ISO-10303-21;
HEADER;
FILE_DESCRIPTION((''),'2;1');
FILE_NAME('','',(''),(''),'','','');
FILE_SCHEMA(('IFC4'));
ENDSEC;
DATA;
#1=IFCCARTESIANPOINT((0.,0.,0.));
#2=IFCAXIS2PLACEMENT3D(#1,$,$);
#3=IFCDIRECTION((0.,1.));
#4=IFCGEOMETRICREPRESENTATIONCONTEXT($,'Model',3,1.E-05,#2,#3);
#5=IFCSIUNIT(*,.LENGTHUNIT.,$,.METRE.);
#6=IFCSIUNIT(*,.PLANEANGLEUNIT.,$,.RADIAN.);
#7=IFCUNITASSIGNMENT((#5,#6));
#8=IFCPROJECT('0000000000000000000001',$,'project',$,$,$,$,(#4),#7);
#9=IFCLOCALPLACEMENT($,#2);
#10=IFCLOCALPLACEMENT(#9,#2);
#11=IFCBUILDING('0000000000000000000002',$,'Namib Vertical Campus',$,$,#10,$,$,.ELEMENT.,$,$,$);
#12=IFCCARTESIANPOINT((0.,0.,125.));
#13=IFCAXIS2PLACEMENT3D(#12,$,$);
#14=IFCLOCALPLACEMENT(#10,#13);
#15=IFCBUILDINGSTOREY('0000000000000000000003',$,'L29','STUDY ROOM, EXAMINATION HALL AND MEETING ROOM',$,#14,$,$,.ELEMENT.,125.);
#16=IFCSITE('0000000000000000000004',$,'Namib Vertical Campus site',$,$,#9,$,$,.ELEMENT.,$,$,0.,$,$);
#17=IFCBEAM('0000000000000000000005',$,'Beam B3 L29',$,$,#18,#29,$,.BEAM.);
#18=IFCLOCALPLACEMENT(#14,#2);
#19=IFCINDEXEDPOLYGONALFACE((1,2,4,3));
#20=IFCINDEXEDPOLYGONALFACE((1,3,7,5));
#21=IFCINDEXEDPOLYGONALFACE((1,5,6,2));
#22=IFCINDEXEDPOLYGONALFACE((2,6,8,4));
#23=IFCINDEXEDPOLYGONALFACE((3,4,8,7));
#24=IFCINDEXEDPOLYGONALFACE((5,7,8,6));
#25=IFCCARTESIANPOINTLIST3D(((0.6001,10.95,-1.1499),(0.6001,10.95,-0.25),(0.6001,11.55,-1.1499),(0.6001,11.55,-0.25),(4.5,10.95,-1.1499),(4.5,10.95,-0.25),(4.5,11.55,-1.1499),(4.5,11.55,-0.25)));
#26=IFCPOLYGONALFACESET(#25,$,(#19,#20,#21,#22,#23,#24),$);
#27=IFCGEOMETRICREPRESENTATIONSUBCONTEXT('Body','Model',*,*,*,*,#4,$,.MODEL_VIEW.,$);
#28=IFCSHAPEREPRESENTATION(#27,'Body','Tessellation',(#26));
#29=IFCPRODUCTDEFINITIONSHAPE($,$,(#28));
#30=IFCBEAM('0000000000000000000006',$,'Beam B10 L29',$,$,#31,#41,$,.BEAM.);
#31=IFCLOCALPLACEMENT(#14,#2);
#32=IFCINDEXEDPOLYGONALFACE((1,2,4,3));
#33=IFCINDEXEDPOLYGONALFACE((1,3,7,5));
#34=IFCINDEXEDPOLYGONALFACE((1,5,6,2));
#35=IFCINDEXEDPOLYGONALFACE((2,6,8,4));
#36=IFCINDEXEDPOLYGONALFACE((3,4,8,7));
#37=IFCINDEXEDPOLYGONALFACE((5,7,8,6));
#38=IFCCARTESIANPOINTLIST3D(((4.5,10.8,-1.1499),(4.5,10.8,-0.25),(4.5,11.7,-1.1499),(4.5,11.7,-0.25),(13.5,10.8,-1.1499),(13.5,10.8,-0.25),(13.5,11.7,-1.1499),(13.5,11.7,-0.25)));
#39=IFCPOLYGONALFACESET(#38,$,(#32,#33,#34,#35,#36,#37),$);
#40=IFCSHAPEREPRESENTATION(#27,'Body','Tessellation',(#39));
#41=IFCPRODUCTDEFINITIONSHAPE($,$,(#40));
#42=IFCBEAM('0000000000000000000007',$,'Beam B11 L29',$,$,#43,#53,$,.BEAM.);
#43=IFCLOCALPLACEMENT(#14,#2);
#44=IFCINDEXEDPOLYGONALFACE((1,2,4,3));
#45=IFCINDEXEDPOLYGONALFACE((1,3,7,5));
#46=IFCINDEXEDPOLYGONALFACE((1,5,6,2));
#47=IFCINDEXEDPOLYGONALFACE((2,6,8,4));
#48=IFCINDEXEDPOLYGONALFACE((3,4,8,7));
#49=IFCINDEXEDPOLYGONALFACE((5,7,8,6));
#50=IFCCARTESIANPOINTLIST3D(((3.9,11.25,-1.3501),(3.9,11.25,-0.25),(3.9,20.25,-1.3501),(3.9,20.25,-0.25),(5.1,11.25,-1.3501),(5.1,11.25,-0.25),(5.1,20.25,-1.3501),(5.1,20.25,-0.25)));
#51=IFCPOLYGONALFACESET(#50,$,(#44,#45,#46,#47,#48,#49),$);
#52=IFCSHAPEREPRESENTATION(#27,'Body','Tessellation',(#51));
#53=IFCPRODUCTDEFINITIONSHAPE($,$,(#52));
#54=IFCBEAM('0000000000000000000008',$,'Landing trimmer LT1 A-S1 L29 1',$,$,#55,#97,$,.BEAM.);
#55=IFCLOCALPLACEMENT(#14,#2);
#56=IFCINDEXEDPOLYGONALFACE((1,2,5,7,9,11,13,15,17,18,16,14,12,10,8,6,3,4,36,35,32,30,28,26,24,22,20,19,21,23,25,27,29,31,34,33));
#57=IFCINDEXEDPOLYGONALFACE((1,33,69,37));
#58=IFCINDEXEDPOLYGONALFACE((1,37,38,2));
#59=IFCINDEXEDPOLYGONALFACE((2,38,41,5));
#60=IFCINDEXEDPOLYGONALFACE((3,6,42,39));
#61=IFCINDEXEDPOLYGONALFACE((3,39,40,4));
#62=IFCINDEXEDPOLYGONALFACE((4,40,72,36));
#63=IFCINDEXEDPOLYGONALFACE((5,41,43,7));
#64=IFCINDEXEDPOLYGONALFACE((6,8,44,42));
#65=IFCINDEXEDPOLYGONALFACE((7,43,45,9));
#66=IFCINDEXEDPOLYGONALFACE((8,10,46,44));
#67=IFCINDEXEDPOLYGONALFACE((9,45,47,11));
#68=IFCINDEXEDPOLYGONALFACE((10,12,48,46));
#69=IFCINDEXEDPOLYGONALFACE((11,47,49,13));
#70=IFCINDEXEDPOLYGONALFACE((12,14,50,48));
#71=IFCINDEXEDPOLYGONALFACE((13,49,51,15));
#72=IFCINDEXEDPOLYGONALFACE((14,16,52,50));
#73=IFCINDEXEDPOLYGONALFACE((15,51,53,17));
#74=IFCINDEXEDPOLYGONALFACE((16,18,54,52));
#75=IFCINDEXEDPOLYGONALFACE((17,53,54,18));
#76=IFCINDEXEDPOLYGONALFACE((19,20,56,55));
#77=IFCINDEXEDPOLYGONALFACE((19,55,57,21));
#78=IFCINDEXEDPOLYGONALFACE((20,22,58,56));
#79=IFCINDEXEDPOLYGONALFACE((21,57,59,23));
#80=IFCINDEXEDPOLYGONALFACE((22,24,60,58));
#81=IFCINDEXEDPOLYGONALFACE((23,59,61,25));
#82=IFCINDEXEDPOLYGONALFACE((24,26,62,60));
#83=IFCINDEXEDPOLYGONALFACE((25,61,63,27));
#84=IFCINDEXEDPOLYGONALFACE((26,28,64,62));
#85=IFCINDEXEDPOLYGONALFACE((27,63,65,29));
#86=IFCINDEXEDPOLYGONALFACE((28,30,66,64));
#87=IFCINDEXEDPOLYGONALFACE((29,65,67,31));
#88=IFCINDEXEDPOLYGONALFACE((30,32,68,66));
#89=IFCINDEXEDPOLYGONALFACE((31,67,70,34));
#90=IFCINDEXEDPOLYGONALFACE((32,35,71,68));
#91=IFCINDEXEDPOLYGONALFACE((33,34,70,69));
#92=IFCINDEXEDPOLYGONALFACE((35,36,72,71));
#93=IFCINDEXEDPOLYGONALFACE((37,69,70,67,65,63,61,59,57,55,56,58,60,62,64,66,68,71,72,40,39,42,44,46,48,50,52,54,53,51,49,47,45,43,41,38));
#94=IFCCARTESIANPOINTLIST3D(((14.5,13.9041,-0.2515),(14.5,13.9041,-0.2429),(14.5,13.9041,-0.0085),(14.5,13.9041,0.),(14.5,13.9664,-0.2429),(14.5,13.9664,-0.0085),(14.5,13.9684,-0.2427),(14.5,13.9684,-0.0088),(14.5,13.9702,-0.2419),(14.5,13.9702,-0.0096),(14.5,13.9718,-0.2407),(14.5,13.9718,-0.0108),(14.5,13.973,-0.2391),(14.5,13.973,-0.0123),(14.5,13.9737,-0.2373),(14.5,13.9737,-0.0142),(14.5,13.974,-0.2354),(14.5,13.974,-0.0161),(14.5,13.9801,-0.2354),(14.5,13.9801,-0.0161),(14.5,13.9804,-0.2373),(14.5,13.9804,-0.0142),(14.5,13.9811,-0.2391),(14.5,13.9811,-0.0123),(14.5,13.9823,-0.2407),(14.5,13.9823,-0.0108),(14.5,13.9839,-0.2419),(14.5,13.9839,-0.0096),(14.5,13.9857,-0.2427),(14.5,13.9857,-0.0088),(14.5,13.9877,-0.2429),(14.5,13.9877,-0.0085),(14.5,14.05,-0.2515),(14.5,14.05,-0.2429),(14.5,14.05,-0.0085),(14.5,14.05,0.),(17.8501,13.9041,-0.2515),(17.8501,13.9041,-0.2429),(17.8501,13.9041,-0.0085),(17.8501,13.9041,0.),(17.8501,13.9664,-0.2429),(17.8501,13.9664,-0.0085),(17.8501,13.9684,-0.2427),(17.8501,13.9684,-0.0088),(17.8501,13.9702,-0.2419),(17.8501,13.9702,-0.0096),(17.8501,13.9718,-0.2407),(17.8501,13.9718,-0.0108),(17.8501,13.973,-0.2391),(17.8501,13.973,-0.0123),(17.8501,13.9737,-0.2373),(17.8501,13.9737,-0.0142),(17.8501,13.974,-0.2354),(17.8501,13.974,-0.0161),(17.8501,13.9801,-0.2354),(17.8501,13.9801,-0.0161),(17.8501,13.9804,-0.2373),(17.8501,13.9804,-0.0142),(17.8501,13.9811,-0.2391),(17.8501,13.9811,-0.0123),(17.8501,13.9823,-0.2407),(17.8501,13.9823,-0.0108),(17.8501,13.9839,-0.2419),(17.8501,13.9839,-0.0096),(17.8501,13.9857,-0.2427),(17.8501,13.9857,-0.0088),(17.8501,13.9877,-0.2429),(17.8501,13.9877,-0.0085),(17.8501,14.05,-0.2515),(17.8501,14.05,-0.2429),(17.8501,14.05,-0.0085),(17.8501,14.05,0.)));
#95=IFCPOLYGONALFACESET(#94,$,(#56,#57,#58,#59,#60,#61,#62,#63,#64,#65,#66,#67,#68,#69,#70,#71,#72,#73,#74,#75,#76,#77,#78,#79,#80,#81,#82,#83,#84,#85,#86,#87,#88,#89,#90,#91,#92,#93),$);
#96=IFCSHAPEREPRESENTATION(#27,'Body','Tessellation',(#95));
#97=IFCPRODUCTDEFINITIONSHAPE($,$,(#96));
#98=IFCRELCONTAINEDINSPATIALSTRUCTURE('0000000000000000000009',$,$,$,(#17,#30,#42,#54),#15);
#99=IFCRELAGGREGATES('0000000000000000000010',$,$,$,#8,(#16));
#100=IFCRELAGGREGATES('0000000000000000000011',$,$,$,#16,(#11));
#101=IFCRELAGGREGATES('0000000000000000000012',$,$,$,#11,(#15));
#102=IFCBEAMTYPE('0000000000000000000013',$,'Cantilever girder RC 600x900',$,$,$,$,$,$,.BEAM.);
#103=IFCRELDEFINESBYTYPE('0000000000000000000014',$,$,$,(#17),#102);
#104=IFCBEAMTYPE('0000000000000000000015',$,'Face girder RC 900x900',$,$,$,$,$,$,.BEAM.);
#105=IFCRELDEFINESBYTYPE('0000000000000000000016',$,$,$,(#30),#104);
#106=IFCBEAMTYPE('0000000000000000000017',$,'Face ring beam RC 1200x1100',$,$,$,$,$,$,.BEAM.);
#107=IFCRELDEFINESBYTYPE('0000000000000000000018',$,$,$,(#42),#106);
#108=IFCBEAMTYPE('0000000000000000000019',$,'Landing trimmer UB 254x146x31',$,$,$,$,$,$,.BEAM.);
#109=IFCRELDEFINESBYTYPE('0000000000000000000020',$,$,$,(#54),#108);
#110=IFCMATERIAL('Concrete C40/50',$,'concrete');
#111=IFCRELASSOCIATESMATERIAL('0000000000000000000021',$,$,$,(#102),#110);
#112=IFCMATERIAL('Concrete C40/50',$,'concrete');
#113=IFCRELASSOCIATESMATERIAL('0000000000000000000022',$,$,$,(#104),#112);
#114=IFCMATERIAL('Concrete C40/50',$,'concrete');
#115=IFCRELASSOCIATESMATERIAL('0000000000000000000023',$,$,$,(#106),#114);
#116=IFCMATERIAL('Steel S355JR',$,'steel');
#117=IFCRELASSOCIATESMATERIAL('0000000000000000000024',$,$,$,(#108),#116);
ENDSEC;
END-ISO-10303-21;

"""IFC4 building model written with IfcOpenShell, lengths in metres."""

from ifc_helpers import new_model, si_unit, direction, frame, origin, origin_2d, place, context, subcontext, project, spatial, rectangle, i_section, extrude, material, material_profile, profile_set, type_object, element, save


model = new_model("IFC4")

# Units and contexts
model_context = context("Model", 3, precision=1e-05, world=origin(), true_north=direction((0.0, 1.0)))
body_context = subcontext(model_context, "Body", "Model", "MODEL_VIEW")
ifc_project = project(units=[si_unit("LENGTHUNIT", "METRE"), si_unit("PLANEANGLEUNIT", "RADIAN")], contexts=[model_context])

# Site, building, storey
site_placement = place(None, origin())
site = spatial("IfcSite", under=ifc_project, at=site_placement, Name="Namib Vertical Campus site", CompositionType="ELEMENT", RefElevation=0.0)
building_placement = place(site_placement, origin())
building = spatial("IfcBuilding", under=site, at=building_placement, Name="Namib Vertical Campus", CompositionType="ELEMENT")
storey_placement = place(building_placement, frame((0.0, 0.0, 125.0)))
storey = spatial("IfcBuildingStorey", under=building, at=storey_placement, Name="L29", Description="STUDY ROOM, EXAMINATION HALL AND MEETING ROOM", CompositionType="ELEMENT", Elevation=125.0)

# Beams
ifc_material_1 = material(Name="Concrete C40/50", Category="concrete")
ifc_material_profile_1 = material_profile(ifc_material_1, rectangle(XDim=0.6001, YDim=0.8999, at=origin_2d()))
ifc_profile_set_1 = profile_set([ifc_material_profile_1], Name="Concrete C40/50")
beam_type_1 = type_object("IfcBeamType", Name="Cantilever girder RC 600x900", PredefinedType="BEAM", material=ifc_profile_set_1)
beam_1_placement = place(storey_placement, frame((4.5, 11.25, -0.7), z_axis=(-1.0, 0.0, 0.0), x_axis=(0.0, -1.0, 0.0)))
element("IfcBeam", 1, at=beam_1_placement, inside=storey, type_object=beam_type_1, Name="Beam B3 L29", PredefinedType="BEAM", context=body_context, shape_type="SweptSolid", body=[
    extrude(rectangle(XDim=0.6001, YDim=0.8999, at=origin_2d()), origin(), (0.0, 0.0, 1.0), 3.8999),
])
ifc_material_2 = material(Name="Concrete C40/50", Category="concrete")
ifc_material_profile_2 = material_profile(ifc_material_2, rectangle(XDim=0.8999, YDim=0.8999, at=origin_2d()))
ifc_profile_set_2 = profile_set([ifc_material_profile_2], Name="Concrete C40/50")
beam_type_2 = type_object("IfcBeamType", Name="Face girder RC 900x900", PredefinedType="BEAM", material=ifc_profile_set_2)
beam_2_placement = place(storey_placement, frame((4.5, 11.25, -0.7), z_axis=(1.0, 0.0, 0.0), x_axis=(0.0, 1.0, 0.0)))
element("IfcBeam", 2, at=beam_2_placement, inside=storey, type_object=beam_type_2, Name="Beam B10 L29", PredefinedType="BEAM", context=body_context, shape_type="SweptSolid", body=[
    extrude(rectangle(XDim=0.8999, YDim=0.8999, at=origin_2d()), origin(), (0.0, 0.0, 1.0), 9.0),
])
ifc_material_3 = material(Name="Concrete C40/50", Category="concrete")
ifc_material_profile_3 = material_profile(ifc_material_3, rectangle(XDim=1.2, YDim=1.1001, at=origin_2d()))
ifc_profile_set_3 = profile_set([ifc_material_profile_3], Name="Concrete C40/50")
beam_type_3 = type_object("IfcBeamType", Name="Face ring beam RC 1200x1100", PredefinedType="BEAM", material=ifc_profile_set_3)
beam_3_placement = place(storey_placement, frame((4.5, 11.25, -0.8), z_axis=(0.0, 1.0, 0.0), x_axis=(-1.0, 0.0, 0.0)))
element("IfcBeam", 3, at=beam_3_placement, inside=storey, type_object=beam_type_3, Name="Beam B11 L29", PredefinedType="BEAM", context=body_context, shape_type="SweptSolid", body=[
    extrude(rectangle(XDim=1.2, YDim=1.1001, at=origin_2d()), origin(), (0.0, 0.0, 1.0), 9.0),
])
ifc_material_4 = material(Name="Steel S355JR", Category="steel")
ifc_material_profile_4 = material_profile(ifc_material_4, i_section(OverallWidth=0.146, OverallDepth=0.2515, WebThickness=0.0061, FlangeThickness=0.0085, FilletRadius=0.0076, at=origin_2d()))
ifc_profile_set_4 = profile_set([ifc_material_profile_4], Name="Steel S355JR")
beam_type_4 = type_object("IfcBeamType", Name="Landing trimmer UB 254x146x31", PredefinedType="BEAM", material=ifc_profile_set_4)
beam_4_placement = place(storey_placement, frame((14.5, 13.9771, -0.1257), z_axis=(1.0, 0.0, 0.0), x_axis=(0.0, 1.0, 0.0)))
element("IfcBeam", 4, at=beam_4_placement, inside=storey, type_object=beam_type_4, Name="Landing trimmer LT1 A-S1 L29 1", PredefinedType="BEAM", context=body_context, shape_type="SweptSolid", body=[
    extrude(i_section(OverallWidth=0.146, OverallDepth=0.2515, WebThickness=0.0061, FlangeThickness=0.0085, FilletRadius=0.0076, at=origin_2d()), origin(), (0.0, 0.0, 1.0), 3.3501),
])

save(model, "model.ifc")
